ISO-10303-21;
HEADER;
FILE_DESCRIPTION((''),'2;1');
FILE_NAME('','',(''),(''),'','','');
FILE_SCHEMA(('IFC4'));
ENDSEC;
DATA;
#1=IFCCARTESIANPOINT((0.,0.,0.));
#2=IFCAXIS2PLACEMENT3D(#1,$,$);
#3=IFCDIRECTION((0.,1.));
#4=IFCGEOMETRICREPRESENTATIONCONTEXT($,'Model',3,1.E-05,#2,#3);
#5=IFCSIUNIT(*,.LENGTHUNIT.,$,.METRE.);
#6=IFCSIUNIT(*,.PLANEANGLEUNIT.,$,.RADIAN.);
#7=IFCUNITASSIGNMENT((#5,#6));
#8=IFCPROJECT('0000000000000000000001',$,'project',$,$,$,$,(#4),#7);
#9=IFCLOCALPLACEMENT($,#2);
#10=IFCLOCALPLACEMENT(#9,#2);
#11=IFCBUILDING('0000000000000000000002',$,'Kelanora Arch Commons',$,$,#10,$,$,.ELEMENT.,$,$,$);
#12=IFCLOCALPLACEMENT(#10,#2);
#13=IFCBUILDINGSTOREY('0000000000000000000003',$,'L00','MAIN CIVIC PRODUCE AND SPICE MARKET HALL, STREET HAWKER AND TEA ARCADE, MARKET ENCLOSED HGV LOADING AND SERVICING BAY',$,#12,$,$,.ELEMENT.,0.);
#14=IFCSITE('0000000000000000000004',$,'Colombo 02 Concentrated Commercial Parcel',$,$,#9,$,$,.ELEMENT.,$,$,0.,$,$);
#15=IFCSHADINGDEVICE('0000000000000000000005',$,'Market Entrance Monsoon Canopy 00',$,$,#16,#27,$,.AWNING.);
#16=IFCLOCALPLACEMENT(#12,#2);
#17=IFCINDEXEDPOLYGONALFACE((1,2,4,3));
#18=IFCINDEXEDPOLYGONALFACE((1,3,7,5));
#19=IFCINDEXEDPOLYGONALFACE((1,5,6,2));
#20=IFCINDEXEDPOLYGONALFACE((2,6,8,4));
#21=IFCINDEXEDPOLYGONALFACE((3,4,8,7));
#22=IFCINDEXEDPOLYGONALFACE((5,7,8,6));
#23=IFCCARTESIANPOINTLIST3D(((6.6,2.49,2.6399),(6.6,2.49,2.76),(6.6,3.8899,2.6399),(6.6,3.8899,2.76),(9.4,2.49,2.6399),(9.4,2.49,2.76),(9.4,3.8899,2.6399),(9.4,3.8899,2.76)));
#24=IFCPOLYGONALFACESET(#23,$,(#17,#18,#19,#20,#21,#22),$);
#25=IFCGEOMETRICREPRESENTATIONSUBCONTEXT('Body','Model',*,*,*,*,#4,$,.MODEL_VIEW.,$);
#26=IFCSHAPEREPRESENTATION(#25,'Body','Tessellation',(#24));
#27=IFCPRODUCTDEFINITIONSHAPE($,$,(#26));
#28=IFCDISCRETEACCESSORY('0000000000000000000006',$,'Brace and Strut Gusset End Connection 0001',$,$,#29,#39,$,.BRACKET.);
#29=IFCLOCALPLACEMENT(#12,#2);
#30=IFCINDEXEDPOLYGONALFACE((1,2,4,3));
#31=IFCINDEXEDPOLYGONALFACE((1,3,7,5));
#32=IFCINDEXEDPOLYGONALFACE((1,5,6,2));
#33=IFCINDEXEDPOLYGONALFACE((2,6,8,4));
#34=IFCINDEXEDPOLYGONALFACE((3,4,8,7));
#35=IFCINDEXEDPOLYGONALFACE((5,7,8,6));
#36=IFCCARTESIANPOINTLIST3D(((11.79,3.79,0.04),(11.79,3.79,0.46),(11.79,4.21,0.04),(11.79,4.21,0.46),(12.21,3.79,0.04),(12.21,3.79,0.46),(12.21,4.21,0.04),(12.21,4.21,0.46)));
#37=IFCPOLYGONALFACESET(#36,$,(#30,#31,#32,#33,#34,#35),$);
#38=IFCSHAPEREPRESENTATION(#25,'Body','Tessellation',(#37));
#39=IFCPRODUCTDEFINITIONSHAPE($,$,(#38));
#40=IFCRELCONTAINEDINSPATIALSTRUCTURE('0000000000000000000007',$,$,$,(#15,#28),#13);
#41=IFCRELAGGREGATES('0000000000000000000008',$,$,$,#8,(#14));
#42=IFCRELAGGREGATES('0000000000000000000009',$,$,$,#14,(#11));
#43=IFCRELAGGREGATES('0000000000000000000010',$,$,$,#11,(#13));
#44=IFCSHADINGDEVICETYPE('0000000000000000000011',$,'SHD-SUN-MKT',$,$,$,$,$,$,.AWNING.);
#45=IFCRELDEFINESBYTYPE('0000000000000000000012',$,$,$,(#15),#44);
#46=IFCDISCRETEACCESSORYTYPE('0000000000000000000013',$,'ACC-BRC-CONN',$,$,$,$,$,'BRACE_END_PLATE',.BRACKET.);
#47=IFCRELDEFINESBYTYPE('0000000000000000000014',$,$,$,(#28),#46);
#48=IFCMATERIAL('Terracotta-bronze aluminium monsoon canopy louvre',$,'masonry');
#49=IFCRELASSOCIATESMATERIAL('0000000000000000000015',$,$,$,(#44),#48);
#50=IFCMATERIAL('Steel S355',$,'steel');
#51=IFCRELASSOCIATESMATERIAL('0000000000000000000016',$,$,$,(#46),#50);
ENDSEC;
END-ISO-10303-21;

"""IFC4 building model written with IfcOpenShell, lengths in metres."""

from ifc_helpers import new_model, si_unit, direction, frame, origin, origin_2d, place, context, subcontext, project, spatial, rectangle, extrude, source, transform, mapped, material, type_object, element, save


model = new_model("IFC4")

# Units and contexts
model_context = context("Model", 3, precision=1e-05, world=origin(), true_north=direction((0.0, 1.0)))
body_context = subcontext(model_context, "Body", "Model", "MODEL_VIEW")
ifc_project = project(units=[si_unit("LENGTHUNIT", "METRE"), si_unit("PLANEANGLEUNIT", "RADIAN")], contexts=[model_context])

# Site, building, storey
site_placement = place(None, origin())
site = spatial("IfcSite", under=ifc_project, at=site_placement, Name="Colombo 02 Concentrated Commercial Parcel", CompositionType="ELEMENT", RefElevation=0.0)
building_placement = place(site_placement, origin())
building = spatial("IfcBuilding", under=site, at=building_placement, Name="Kelanora Arch Commons", CompositionType="ELEMENT")
storey_placement = place(building_placement, origin())
storey = spatial("IfcBuildingStorey", under=building, at=storey_placement, Name="L00", Description="MAIN CIVIC PRODUCE AND SPICE MARKET HALL, STREET HAWKER AND TEA ARCADE, MARKET ENCLOSED HGV LOADING AND SERVICING BAY", CompositionType="ELEMENT", Elevation=0.0)

# Shared definitions
ifc_material_1 = material(Name="Steel S355", Category="steel")

# Shading device
ifc_material_2 = material(Name="Terracotta-bronze aluminium monsoon canopy louvre", Category="masonry")
shading_device_type = type_object("IfcShadingDeviceType", Name="SHD-SUN-MKT", PredefinedType="AWNING", material=ifc_material_2)
shared_shape_1 = source(origin(), body_context, "Body", "SweptSolid", [
    extrude(rectangle(XDim=2.8, YDim=1.3999, at=origin_2d()), origin(), (0.0, 0.0, 1.0), 0.1201),
])
shading_device_placement = place(storey_placement, frame((8.0, 3.1899, 2.6399), z_axis=(0.0, 0.0, 1.0), x_axis=(1.0, 0.0, 0.0)))
element("IfcShadingDevice", 1, at=shading_device_placement, inside=storey, type_object=shading_device_type, Name="Market Entrance Monsoon Canopy 00", PredefinedType="AWNING", context=body_context, shape_type="MappedRepresentation", body=[
    mapped(shared_shape_1, transform((0.0, 0.0, 0.0), scale=1.0)),
])

# Discrete accessory
discrete_accessory_type = type_object("IfcDiscreteAccessoryType", Name="ACC-BRC-CONN", ElementType="BRACE_END_PLATE", PredefinedType="BRACKET", material=ifc_material_1)
shared_shape_2 = source(origin(), body_context, "Body", "SweptSolid", [
    extrude(rectangle(XDim=0.4199, YDim=0.4199, at=origin_2d()), origin(), (0.0, 0.0, 1.0), 0.4199),
])
discrete_accessory_placement = place(storey_placement, frame((12.0, 4.0, 0.04), z_axis=(0.0, 0.0, 1.0), x_axis=(1.0, 0.0, 0.0)))
element("IfcDiscreteAccessory", 2, at=discrete_accessory_placement, inside=storey, type_object=discrete_accessory_type, Name="Brace and Strut Gusset End Connection 0001", PredefinedType="BRACKET", context=body_context, shape_type="MappedRepresentation", body=[
    mapped(shared_shape_2, transform((0.0, 0.0, 0.0), scale=1.0)),
])

save(model, "model.ifc")
